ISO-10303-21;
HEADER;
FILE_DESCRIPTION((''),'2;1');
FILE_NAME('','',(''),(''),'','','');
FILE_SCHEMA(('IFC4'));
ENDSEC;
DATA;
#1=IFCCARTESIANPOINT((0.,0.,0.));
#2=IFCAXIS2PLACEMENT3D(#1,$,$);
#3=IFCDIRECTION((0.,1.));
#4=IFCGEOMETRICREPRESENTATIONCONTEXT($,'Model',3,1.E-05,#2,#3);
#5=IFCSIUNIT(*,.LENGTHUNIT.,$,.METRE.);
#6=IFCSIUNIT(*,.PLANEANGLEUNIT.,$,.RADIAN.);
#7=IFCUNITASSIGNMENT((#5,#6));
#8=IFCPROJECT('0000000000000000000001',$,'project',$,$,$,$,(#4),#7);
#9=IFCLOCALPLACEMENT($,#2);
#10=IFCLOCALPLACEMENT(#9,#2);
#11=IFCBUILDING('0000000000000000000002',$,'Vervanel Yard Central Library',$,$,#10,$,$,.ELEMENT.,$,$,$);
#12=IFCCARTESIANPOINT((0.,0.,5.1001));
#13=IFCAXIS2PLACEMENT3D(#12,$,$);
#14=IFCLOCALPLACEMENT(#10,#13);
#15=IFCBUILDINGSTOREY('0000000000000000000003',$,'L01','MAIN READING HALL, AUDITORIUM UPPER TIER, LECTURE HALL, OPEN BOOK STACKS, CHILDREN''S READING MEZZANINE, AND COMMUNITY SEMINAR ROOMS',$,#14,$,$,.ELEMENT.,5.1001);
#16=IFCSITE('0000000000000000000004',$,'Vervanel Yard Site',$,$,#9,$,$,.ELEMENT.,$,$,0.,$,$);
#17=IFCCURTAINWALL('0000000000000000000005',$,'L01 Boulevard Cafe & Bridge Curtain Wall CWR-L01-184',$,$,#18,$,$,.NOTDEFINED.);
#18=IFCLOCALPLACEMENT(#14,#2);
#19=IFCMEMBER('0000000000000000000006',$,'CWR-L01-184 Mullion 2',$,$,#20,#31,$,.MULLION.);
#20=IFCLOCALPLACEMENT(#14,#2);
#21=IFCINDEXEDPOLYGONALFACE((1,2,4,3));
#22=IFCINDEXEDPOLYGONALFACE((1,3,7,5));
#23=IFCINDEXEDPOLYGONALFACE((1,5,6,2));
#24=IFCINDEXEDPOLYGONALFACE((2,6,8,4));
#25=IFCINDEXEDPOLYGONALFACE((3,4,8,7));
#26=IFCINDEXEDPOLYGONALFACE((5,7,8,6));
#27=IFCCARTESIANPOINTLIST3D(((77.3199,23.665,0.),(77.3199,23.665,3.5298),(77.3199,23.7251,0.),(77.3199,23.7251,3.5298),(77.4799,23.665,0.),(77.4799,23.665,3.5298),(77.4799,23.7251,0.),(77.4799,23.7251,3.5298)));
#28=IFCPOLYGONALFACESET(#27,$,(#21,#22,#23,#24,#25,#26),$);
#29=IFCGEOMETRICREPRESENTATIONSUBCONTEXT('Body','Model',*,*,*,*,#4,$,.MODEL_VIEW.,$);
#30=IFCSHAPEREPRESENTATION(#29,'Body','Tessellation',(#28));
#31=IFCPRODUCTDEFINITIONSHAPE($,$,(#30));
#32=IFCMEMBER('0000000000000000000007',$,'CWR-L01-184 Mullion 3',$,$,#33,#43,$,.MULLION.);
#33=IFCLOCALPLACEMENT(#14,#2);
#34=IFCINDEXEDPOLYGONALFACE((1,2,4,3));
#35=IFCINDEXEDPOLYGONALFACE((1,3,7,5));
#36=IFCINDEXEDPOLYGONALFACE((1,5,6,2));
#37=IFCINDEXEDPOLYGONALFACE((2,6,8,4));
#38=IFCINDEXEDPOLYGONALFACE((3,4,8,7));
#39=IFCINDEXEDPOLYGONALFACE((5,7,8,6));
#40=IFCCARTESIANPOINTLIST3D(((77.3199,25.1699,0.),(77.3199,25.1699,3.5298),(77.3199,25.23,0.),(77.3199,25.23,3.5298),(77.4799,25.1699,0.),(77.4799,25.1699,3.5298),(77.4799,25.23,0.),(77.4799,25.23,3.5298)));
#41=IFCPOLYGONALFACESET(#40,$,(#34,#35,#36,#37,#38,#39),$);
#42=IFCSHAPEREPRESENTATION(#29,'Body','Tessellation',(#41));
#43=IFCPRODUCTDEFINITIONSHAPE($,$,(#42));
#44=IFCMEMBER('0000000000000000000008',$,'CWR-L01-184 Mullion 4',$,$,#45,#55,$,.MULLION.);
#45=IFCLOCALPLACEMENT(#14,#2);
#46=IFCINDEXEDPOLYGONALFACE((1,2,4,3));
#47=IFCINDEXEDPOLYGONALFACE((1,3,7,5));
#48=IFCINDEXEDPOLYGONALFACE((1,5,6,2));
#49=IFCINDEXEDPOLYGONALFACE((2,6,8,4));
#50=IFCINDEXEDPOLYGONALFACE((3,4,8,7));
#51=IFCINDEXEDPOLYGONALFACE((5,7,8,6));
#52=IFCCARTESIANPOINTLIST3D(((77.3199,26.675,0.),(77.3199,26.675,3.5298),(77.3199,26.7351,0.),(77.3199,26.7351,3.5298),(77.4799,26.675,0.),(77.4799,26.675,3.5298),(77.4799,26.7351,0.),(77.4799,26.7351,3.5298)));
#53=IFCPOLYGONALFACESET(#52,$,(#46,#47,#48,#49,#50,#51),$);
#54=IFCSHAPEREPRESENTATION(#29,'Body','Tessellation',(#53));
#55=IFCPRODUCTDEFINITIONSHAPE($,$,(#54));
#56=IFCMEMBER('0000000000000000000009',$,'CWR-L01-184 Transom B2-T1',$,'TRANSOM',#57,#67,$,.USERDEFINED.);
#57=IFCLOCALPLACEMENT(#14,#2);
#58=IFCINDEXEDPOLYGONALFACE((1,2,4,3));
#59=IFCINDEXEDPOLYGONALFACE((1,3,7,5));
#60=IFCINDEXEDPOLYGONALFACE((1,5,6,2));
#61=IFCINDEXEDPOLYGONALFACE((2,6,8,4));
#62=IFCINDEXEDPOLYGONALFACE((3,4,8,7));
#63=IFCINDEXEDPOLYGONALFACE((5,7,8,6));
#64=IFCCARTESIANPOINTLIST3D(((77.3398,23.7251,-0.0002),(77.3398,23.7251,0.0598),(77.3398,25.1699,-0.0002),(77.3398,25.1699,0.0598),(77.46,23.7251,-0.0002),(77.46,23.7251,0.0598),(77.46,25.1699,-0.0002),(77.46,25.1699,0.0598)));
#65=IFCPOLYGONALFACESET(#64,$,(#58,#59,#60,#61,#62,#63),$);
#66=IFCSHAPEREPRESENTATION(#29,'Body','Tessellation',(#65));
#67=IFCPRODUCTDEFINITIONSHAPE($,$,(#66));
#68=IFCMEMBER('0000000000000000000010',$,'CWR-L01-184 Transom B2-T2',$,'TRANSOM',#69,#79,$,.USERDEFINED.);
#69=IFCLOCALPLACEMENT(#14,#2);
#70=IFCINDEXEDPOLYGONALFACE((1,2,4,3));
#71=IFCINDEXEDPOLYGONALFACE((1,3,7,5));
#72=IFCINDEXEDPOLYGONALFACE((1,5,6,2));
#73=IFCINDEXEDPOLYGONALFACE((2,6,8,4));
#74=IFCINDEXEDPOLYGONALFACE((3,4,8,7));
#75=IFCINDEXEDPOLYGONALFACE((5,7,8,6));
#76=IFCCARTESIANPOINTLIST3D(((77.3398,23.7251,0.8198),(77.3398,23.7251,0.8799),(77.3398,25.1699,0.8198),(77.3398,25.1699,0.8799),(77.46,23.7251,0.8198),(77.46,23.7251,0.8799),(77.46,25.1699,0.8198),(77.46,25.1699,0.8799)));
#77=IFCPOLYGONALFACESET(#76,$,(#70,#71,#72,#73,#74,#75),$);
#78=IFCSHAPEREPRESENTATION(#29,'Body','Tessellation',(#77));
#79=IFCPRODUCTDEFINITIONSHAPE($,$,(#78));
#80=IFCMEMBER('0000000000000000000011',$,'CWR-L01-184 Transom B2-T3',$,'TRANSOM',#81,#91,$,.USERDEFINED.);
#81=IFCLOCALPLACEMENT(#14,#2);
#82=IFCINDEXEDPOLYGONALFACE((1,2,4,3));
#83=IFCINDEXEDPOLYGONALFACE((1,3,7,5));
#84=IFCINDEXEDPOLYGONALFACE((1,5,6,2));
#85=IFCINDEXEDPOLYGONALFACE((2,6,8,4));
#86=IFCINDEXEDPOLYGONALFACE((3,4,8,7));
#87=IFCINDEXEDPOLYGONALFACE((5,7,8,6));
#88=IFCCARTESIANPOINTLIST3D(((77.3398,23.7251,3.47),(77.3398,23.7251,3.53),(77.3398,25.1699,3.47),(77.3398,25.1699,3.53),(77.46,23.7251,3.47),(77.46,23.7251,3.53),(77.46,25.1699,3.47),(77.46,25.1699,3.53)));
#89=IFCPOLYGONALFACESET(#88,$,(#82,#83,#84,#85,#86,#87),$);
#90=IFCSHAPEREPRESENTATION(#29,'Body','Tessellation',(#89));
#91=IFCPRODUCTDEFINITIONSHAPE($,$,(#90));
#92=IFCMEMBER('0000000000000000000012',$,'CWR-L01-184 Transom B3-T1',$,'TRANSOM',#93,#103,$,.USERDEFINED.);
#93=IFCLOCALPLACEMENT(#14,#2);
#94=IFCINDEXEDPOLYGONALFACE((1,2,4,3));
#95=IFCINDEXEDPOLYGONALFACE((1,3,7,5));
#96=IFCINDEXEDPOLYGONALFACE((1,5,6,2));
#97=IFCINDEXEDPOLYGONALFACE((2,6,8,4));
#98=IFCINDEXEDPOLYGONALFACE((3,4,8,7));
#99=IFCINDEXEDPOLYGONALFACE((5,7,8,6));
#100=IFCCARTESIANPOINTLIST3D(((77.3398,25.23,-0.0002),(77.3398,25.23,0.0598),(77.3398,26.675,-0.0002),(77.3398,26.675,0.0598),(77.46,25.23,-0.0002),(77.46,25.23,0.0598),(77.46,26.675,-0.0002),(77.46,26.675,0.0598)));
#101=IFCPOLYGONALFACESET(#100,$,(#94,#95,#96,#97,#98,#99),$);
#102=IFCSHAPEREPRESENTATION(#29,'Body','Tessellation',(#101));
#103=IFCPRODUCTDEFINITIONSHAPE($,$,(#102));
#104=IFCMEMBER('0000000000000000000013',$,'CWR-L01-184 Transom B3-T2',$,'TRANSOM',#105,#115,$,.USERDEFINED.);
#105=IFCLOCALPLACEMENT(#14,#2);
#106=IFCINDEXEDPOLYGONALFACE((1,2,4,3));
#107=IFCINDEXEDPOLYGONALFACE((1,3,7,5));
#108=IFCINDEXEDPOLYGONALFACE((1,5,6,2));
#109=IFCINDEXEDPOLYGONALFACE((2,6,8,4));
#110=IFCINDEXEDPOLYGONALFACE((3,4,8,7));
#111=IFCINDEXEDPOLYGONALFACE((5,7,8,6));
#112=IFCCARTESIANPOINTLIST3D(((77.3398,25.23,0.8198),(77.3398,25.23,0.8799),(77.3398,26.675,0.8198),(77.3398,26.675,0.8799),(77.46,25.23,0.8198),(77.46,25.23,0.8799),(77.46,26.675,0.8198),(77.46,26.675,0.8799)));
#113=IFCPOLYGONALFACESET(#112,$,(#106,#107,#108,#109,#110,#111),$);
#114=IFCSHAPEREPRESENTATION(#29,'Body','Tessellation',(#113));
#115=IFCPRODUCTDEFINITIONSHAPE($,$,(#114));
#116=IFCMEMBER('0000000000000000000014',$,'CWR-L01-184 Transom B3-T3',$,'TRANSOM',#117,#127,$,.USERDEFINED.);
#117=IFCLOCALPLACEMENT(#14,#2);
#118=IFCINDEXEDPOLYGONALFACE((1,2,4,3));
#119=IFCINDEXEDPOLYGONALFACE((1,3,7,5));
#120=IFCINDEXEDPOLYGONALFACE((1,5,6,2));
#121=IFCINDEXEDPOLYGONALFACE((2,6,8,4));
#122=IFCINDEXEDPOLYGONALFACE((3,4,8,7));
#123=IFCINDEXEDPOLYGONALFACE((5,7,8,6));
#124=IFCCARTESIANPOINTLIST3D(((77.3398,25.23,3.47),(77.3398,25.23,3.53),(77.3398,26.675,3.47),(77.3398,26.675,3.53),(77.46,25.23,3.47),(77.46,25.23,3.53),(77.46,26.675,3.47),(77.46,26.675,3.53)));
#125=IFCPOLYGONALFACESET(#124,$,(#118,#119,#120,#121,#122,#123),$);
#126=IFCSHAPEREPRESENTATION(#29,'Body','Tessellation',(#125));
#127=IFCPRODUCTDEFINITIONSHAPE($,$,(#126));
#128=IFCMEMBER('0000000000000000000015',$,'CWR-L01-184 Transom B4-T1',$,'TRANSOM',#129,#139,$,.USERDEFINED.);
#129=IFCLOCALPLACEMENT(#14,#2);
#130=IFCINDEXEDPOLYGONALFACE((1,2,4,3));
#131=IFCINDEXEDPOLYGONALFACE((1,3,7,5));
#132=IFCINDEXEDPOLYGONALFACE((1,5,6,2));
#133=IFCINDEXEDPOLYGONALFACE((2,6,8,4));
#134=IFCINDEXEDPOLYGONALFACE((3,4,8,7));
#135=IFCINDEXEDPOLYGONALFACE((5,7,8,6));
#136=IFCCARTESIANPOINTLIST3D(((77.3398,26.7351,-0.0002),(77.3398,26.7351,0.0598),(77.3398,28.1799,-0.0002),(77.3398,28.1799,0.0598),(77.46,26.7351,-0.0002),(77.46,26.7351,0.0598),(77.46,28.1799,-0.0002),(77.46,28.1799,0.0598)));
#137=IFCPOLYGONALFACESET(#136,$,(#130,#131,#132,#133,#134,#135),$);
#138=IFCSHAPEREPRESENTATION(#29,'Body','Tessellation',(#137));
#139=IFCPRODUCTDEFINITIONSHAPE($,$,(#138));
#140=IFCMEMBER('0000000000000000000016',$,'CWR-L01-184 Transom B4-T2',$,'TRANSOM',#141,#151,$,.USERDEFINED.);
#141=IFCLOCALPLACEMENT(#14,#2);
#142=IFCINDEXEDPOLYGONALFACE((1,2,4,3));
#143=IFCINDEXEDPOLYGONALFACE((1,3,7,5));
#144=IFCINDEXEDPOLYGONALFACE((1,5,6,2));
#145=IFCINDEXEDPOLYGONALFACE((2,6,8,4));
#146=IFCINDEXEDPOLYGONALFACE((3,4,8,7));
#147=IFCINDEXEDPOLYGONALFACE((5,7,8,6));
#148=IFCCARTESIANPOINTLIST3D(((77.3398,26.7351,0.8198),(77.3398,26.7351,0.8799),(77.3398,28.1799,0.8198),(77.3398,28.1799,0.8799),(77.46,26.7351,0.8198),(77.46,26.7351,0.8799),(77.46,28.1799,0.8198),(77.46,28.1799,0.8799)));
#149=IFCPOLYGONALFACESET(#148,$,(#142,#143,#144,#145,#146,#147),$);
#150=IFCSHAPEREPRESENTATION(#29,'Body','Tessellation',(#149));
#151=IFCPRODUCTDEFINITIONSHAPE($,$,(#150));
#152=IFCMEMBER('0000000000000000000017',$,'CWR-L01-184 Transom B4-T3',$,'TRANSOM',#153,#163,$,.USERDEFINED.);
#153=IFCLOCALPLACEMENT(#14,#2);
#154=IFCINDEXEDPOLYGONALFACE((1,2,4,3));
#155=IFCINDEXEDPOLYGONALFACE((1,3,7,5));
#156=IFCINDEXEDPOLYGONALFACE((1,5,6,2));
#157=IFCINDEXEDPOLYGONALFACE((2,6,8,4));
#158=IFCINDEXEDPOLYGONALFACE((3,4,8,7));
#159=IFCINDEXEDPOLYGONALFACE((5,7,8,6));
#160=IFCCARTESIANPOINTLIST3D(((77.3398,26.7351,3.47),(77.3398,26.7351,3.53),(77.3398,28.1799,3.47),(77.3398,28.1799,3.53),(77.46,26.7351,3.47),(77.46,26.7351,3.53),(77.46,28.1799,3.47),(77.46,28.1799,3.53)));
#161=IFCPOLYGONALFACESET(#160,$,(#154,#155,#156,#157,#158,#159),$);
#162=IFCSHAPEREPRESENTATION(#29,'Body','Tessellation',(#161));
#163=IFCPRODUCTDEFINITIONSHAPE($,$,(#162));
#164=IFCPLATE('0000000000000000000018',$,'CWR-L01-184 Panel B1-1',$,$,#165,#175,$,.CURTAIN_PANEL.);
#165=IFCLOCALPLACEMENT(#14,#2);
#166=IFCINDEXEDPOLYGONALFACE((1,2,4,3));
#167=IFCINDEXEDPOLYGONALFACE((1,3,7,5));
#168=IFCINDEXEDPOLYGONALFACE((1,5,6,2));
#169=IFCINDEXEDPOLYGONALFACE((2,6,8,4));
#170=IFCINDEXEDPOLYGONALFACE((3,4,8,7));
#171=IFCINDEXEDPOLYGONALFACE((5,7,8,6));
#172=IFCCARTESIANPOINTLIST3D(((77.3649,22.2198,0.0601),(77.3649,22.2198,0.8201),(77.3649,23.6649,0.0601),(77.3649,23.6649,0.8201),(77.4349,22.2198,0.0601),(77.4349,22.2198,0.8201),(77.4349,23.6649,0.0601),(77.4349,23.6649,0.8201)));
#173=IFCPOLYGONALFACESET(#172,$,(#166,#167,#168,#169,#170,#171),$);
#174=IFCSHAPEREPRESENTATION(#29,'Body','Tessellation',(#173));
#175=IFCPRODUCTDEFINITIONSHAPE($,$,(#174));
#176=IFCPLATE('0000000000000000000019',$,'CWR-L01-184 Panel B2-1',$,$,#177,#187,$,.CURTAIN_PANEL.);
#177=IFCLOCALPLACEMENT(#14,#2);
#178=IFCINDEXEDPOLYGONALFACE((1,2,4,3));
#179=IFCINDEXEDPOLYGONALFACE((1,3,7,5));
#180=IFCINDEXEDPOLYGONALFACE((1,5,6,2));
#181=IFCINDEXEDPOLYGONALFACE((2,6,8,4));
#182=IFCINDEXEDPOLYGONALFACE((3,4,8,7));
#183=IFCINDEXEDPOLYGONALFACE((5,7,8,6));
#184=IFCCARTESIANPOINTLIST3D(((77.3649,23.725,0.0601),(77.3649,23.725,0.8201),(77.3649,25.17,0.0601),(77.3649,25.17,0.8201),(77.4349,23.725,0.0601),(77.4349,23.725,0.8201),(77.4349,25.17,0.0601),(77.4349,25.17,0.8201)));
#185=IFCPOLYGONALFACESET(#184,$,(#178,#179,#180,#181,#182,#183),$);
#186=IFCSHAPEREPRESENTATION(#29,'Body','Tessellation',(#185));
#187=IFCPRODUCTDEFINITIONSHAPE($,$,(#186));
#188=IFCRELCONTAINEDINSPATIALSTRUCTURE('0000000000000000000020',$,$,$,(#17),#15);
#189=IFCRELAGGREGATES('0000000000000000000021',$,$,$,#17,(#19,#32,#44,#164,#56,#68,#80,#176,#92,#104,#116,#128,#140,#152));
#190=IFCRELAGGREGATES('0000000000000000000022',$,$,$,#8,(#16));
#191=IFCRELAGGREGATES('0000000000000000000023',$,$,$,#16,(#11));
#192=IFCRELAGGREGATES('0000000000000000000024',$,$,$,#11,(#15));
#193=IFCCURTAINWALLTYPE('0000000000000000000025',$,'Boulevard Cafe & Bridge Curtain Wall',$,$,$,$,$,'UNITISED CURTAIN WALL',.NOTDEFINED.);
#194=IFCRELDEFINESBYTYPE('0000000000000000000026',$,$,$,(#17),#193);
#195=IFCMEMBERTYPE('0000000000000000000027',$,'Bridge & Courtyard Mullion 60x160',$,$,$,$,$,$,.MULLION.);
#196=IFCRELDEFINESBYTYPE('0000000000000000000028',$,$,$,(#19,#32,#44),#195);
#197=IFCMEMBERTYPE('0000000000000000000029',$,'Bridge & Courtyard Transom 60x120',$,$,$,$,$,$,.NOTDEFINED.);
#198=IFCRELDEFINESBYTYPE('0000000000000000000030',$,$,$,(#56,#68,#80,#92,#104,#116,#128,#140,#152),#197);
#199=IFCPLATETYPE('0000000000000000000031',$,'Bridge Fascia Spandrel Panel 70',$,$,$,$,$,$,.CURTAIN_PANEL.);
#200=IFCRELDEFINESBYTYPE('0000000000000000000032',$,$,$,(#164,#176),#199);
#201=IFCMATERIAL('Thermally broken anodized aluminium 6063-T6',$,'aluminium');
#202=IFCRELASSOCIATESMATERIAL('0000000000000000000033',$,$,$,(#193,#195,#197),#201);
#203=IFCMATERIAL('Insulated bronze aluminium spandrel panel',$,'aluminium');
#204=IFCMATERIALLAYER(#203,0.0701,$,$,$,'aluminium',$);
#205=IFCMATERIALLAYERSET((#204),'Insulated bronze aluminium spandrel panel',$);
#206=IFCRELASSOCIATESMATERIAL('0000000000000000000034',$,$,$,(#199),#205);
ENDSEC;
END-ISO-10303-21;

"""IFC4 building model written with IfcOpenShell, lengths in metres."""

from ifc_helpers import new_model, si_unit, direction, frame, origin, origin_2d, place, context, subcontext, project, spatial, rectangle, extrude, material, layer, layer_set, material_profile, profile_set, type_object, element, aggregate, save


model = new_model("IFC4")

# Units and contexts
model_context = context("Model", 3, precision=1e-05, world=origin(), true_north=direction((0.0, 1.0)))
body_context = subcontext(model_context, "Body", "Model", "MODEL_VIEW")
ifc_project = project(units=[si_unit("LENGTHUNIT", "METRE"), si_unit("PLANEANGLEUNIT", "RADIAN")], contexts=[model_context])

# Site, building, storey
site_placement = place(None, origin())
site = spatial("IfcSite", under=ifc_project, at=site_placement, Name="Vervanel Yard Site", CompositionType="ELEMENT", RefElevation=0.0)
building_placement = place(site_placement, origin())
building = spatial("IfcBuilding", under=site, at=building_placement, Name="Vervanel Yard Central Library", CompositionType="ELEMENT")
storey_placement = place(building_placement, frame((0.0, 0.0, 5.1001)))
storey = spatial("IfcBuildingStorey", under=building, at=storey_placement, Name="L01", Description="MAIN READING HALL, AUDITORIUM UPPER TIER, LECTURE HALL, OPEN BOOK STACKS, CHILDREN'S READING MEZZANINE, AND COMMUNITY SEMINAR ROOMS", CompositionType="ELEMENT", Elevation=5.1001)

# Curtain wall, members, plates
ifc_material_1 = material(Name="Thermally broken anodized aluminium 6063-T6", Category="aluminium")
curtain_wall_type = type_object("IfcCurtainWallType", Name="Boulevard Cafe & Bridge Curtain Wall", ElementType="UNITISED CURTAIN WALL", PredefinedType="NOTDEFINED", material=ifc_material_1)
curtain_wall_placement = place(storey_placement, origin())
curtain_wall = element("IfcCurtainWall", 1, at=curtain_wall_placement, inside=storey, type_object=curtain_wall_type, Name="L01 Boulevard Cafe & Bridge Curtain Wall CWR-L01-184", PredefinedType="NOTDEFINED")
ifc_material_profile_1 = material_profile(ifc_material_1, rectangle(XDim=0.0601, YDim=0.1599, at=origin_2d()), Name="ALU 60x160", Category="aluminium")
ifc_profile_set_1 = profile_set([ifc_material_profile_1], Name="Thermally broken anodized aluminium 6063-T6")
member_type_1 = type_object("IfcMemberType", Name="Bridge & Courtyard Mullion 60x160", PredefinedType="MULLION", material=ifc_profile_set_1)
member_1_placement = place(storey_placement, frame((77.3999, 23.6951, 0.0), z_axis=(0.0, 0.0, 1.0), x_axis=(0.0, 1.0, 0.0)))
member_1 = element("IfcMember", 2, at=member_1_placement, type_object=member_type_1, Name="CWR-L01-184 Mullion 2", PredefinedType="MULLION", context=body_context, shape_type="SweptSolid", body=[
    extrude(rectangle(XDim=0.0601, YDim=0.1599, at=origin_2d()), origin(), (0.0, 0.0, 1.0), 3.5298),
])
member_2_placement = place(storey_placement, frame((77.3999, 25.2, 0.0), z_axis=(0.0, 0.0, 1.0), x_axis=(0.0, 1.0, 0.0)))
member_2 = element("IfcMember", 3, at=member_2_placement, type_object=member_type_1, Name="CWR-L01-184 Mullion 3", PredefinedType="MULLION", context=body_context, shape_type="SweptSolid", body=[
    extrude(rectangle(XDim=0.0601, YDim=0.1599, at=origin_2d()), origin(), (0.0, 0.0, 1.0), 3.5298),
])
member_3_placement = place(storey_placement, frame((77.3999, 26.7051, 0.0), z_axis=(0.0, 0.0, 1.0), x_axis=(0.0, 1.0, 0.0)))
member_3 = element("IfcMember", 4, at=member_3_placement, type_object=member_type_1, Name="CWR-L01-184 Mullion 4", PredefinedType="MULLION", context=body_context, shape_type="SweptSolid", body=[
    extrude(rectangle(XDim=0.0601, YDim=0.1599, at=origin_2d()), origin(), (0.0, 0.0, 1.0), 3.5298),
])
ifc_material_profile_2 = material_profile(ifc_material_1, rectangle(XDim=0.0601, YDim=0.1201, at=origin_2d()), Name="ALU 60x120", Category="aluminium")
ifc_profile_set_2 = profile_set([ifc_material_profile_2], Name="Thermally broken anodized aluminium 6063-T6")
member_type_2 = type_object("IfcMemberType", Name="Bridge & Courtyard Transom 60x120", PredefinedType="NOTDEFINED", material=ifc_profile_set_2)
member_4_placement = place(storey_placement, frame((77.3999, 23.7251, 0.0298), z_axis=(0.0, 1.0, 0.0), x_axis=(0.0, 0.0, 1.0)))
member_4 = element("IfcMember", 5, at=member_4_placement, type_object=member_type_2, Name="CWR-L01-184 Transom B2-T1", ObjectType="TRANSOM", PredefinedType="USERDEFINED", context=body_context, shape_type="SweptSolid", body=[
    extrude(rectangle(XDim=0.0601, YDim=0.1201, at=origin_2d()), origin(), (0.0, 0.0, 1.0), 1.4448),
])
member_5_placement = place(storey_placement, frame((77.3999, 23.7251, 0.8499), z_axis=(0.0, 1.0, 0.0), x_axis=(0.0, 0.0, 1.0)))
member_5 = element("IfcMember", 6, at=member_5_placement, type_object=member_type_2, Name="CWR-L01-184 Transom B2-T2", ObjectType="TRANSOM", PredefinedType="USERDEFINED", context=body_context, shape_type="SweptSolid", body=[
    extrude(rectangle(XDim=0.0601, YDim=0.1201, at=origin_2d()), origin(), (0.0, 0.0, 1.0), 1.4448),
])
member_6_placement = place(storey_placement, frame((77.3999, 23.7251, 3.5), z_axis=(0.0, 1.0, 0.0), x_axis=(0.0, 0.0, 1.0)))
member_6 = element("IfcMember", 7, at=member_6_placement, type_object=member_type_2, Name="CWR-L01-184 Transom B2-T3", ObjectType="TRANSOM", PredefinedType="USERDEFINED", context=body_context, shape_type="SweptSolid", body=[
    extrude(rectangle(XDim=0.0601, YDim=0.1201, at=origin_2d()), origin(), (0.0, 0.0, 1.0), 1.4448),
])
member_7_placement = place(storey_placement, frame((77.3999, 25.23, 0.0298), z_axis=(0.0, 1.0, 0.0), x_axis=(0.0, 0.0, 1.0)))
member_7 = element("IfcMember", 8, at=member_7_placement, type_object=member_type_2, Name="CWR-L01-184 Transom B3-T1", ObjectType="TRANSOM", PredefinedType="USERDEFINED", context=body_context, shape_type="SweptSolid", body=[
    extrude(rectangle(XDim=0.0601, YDim=0.1201, at=origin_2d()), origin(), (0.0, 0.0, 1.0), 1.4451),
])
member_8_placement = place(storey_placement, frame((77.3999, 25.23, 0.8499), z_axis=(0.0, 1.0, 0.0), x_axis=(0.0, 0.0, 1.0)))
member_8 = element("IfcMember", 9, at=member_8_placement, type_object=member_type_2, Name="CWR-L01-184 Transom B3-T2", ObjectType="TRANSOM", PredefinedType="USERDEFINED", context=body_context, shape_type="SweptSolid", body=[
    extrude(rectangle(XDim=0.0601, YDim=0.1201, at=origin_2d()), origin(), (0.0, 0.0, 1.0), 1.4451),
])
member_9_placement = place(storey_placement, frame((77.3999, 25.23, 3.5), z_axis=(0.0, 1.0, 0.0), x_axis=(0.0, 0.0, 1.0)))
member_9 = element("IfcMember", 10, at=member_9_placement, type_object=member_type_2, Name="CWR-L01-184 Transom B3-T3", ObjectType="TRANSOM", PredefinedType="USERDEFINED", context=body_context, shape_type="SweptSolid", body=[
    extrude(rectangle(XDim=0.0601, YDim=0.1201, at=origin_2d()), origin(), (0.0, 0.0, 1.0), 1.4451),
])
member_10_placement = place(storey_placement, frame((77.3999, 26.7351, 0.0298), z_axis=(0.0, 1.0, 0.0), x_axis=(0.0, 0.0, 1.0)))
member_10 = element("IfcMember", 11, at=member_10_placement, type_object=member_type_2, Name="CWR-L01-184 Transom B4-T1", ObjectType="TRANSOM", PredefinedType="USERDEFINED", context=body_context, shape_type="SweptSolid", body=[
    extrude(rectangle(XDim=0.0601, YDim=0.1201, at=origin_2d()), origin(), (0.0, 0.0, 1.0), 1.4448),
])
member_11_placement = place(storey_placement, frame((77.3999, 26.7351, 0.8499), z_axis=(0.0, 1.0, 0.0), x_axis=(0.0, 0.0, 1.0)))
member_11 = element("IfcMember", 12, at=member_11_placement, type_object=member_type_2, Name="CWR-L01-184 Transom B4-T2", ObjectType="TRANSOM", PredefinedType="USERDEFINED", context=body_context, shape_type="SweptSolid", body=[
    extrude(rectangle(XDim=0.0601, YDim=0.1201, at=origin_2d()), origin(), (0.0, 0.0, 1.0), 1.4448),
])
member_12_placement = place(storey_placement, frame((77.3999, 26.7351, 3.5), z_axis=(0.0, 1.0, 0.0), x_axis=(0.0, 0.0, 1.0)))
member_12 = element("IfcMember", 13, at=member_12_placement, type_object=member_type_2, Name="CWR-L01-184 Transom B4-T3", ObjectType="TRANSOM", PredefinedType="USERDEFINED", context=body_context, shape_type="SweptSolid", body=[
    extrude(rectangle(XDim=0.0601, YDim=0.1201, at=origin_2d()), origin(), (0.0, 0.0, 1.0), 1.4448),
])
ifc_material_2 = material(Name="Insulated bronze aluminium spandrel panel", Category="aluminium")
ifc_layer_1 = layer(ifc_material_2, 0.0701, Category="aluminium")
ifc_layer_set_1 = layer_set([ifc_layer_1], Name="Insulated bronze aluminium spandrel panel")
plate_type_1 = type_object("IfcPlateType", Name="Bridge Fascia Spandrel Panel 70", PredefinedType="CURTAIN_PANEL", material=ifc_layer_set_1)
plate_1_placement = place(storey_placement, frame((77.3999, 22.9424, 0.0601), z_axis=(0.0, 0.0, 1.0), x_axis=(0.0, 1.0, 0.0)))
plate_1 = element("IfcPlate", 14, at=plate_1_placement, type_object=plate_type_1, Name="CWR-L01-184 Panel B1-1", PredefinedType="CURTAIN_PANEL", context=body_context, shape_type="SweptSolid", body=[
    extrude(rectangle(XDim=1.4451, YDim=0.0701, at=origin_2d()), origin(), (0.0, 0.0, 1.0), 0.76),
])
plate_2_placement = place(storey_placement, frame((77.3999, 24.4475, 0.0601), z_axis=(0.0, 0.0, 1.0), x_axis=(0.0, 1.0, 0.0)))
plate_2 = element("IfcPlate", 15, at=plate_2_placement, type_object=plate_type_1, Name="CWR-L01-184 Panel B2-1", PredefinedType="CURTAIN_PANEL", context=body_context, shape_type="SweptSolid", body=[
    extrude(rectangle(XDim=1.4451, YDim=0.0701, at=origin_2d()), origin(), (0.0, 0.0, 1.0), 0.76),
])
aggregate(curtain_wall, [member_1, member_2, member_3, plate_1, member_4, member_5, member_6, plate_2, member_7, member_8, member_9, member_10, member_11, member_12])

save(model, "model.ifc")
